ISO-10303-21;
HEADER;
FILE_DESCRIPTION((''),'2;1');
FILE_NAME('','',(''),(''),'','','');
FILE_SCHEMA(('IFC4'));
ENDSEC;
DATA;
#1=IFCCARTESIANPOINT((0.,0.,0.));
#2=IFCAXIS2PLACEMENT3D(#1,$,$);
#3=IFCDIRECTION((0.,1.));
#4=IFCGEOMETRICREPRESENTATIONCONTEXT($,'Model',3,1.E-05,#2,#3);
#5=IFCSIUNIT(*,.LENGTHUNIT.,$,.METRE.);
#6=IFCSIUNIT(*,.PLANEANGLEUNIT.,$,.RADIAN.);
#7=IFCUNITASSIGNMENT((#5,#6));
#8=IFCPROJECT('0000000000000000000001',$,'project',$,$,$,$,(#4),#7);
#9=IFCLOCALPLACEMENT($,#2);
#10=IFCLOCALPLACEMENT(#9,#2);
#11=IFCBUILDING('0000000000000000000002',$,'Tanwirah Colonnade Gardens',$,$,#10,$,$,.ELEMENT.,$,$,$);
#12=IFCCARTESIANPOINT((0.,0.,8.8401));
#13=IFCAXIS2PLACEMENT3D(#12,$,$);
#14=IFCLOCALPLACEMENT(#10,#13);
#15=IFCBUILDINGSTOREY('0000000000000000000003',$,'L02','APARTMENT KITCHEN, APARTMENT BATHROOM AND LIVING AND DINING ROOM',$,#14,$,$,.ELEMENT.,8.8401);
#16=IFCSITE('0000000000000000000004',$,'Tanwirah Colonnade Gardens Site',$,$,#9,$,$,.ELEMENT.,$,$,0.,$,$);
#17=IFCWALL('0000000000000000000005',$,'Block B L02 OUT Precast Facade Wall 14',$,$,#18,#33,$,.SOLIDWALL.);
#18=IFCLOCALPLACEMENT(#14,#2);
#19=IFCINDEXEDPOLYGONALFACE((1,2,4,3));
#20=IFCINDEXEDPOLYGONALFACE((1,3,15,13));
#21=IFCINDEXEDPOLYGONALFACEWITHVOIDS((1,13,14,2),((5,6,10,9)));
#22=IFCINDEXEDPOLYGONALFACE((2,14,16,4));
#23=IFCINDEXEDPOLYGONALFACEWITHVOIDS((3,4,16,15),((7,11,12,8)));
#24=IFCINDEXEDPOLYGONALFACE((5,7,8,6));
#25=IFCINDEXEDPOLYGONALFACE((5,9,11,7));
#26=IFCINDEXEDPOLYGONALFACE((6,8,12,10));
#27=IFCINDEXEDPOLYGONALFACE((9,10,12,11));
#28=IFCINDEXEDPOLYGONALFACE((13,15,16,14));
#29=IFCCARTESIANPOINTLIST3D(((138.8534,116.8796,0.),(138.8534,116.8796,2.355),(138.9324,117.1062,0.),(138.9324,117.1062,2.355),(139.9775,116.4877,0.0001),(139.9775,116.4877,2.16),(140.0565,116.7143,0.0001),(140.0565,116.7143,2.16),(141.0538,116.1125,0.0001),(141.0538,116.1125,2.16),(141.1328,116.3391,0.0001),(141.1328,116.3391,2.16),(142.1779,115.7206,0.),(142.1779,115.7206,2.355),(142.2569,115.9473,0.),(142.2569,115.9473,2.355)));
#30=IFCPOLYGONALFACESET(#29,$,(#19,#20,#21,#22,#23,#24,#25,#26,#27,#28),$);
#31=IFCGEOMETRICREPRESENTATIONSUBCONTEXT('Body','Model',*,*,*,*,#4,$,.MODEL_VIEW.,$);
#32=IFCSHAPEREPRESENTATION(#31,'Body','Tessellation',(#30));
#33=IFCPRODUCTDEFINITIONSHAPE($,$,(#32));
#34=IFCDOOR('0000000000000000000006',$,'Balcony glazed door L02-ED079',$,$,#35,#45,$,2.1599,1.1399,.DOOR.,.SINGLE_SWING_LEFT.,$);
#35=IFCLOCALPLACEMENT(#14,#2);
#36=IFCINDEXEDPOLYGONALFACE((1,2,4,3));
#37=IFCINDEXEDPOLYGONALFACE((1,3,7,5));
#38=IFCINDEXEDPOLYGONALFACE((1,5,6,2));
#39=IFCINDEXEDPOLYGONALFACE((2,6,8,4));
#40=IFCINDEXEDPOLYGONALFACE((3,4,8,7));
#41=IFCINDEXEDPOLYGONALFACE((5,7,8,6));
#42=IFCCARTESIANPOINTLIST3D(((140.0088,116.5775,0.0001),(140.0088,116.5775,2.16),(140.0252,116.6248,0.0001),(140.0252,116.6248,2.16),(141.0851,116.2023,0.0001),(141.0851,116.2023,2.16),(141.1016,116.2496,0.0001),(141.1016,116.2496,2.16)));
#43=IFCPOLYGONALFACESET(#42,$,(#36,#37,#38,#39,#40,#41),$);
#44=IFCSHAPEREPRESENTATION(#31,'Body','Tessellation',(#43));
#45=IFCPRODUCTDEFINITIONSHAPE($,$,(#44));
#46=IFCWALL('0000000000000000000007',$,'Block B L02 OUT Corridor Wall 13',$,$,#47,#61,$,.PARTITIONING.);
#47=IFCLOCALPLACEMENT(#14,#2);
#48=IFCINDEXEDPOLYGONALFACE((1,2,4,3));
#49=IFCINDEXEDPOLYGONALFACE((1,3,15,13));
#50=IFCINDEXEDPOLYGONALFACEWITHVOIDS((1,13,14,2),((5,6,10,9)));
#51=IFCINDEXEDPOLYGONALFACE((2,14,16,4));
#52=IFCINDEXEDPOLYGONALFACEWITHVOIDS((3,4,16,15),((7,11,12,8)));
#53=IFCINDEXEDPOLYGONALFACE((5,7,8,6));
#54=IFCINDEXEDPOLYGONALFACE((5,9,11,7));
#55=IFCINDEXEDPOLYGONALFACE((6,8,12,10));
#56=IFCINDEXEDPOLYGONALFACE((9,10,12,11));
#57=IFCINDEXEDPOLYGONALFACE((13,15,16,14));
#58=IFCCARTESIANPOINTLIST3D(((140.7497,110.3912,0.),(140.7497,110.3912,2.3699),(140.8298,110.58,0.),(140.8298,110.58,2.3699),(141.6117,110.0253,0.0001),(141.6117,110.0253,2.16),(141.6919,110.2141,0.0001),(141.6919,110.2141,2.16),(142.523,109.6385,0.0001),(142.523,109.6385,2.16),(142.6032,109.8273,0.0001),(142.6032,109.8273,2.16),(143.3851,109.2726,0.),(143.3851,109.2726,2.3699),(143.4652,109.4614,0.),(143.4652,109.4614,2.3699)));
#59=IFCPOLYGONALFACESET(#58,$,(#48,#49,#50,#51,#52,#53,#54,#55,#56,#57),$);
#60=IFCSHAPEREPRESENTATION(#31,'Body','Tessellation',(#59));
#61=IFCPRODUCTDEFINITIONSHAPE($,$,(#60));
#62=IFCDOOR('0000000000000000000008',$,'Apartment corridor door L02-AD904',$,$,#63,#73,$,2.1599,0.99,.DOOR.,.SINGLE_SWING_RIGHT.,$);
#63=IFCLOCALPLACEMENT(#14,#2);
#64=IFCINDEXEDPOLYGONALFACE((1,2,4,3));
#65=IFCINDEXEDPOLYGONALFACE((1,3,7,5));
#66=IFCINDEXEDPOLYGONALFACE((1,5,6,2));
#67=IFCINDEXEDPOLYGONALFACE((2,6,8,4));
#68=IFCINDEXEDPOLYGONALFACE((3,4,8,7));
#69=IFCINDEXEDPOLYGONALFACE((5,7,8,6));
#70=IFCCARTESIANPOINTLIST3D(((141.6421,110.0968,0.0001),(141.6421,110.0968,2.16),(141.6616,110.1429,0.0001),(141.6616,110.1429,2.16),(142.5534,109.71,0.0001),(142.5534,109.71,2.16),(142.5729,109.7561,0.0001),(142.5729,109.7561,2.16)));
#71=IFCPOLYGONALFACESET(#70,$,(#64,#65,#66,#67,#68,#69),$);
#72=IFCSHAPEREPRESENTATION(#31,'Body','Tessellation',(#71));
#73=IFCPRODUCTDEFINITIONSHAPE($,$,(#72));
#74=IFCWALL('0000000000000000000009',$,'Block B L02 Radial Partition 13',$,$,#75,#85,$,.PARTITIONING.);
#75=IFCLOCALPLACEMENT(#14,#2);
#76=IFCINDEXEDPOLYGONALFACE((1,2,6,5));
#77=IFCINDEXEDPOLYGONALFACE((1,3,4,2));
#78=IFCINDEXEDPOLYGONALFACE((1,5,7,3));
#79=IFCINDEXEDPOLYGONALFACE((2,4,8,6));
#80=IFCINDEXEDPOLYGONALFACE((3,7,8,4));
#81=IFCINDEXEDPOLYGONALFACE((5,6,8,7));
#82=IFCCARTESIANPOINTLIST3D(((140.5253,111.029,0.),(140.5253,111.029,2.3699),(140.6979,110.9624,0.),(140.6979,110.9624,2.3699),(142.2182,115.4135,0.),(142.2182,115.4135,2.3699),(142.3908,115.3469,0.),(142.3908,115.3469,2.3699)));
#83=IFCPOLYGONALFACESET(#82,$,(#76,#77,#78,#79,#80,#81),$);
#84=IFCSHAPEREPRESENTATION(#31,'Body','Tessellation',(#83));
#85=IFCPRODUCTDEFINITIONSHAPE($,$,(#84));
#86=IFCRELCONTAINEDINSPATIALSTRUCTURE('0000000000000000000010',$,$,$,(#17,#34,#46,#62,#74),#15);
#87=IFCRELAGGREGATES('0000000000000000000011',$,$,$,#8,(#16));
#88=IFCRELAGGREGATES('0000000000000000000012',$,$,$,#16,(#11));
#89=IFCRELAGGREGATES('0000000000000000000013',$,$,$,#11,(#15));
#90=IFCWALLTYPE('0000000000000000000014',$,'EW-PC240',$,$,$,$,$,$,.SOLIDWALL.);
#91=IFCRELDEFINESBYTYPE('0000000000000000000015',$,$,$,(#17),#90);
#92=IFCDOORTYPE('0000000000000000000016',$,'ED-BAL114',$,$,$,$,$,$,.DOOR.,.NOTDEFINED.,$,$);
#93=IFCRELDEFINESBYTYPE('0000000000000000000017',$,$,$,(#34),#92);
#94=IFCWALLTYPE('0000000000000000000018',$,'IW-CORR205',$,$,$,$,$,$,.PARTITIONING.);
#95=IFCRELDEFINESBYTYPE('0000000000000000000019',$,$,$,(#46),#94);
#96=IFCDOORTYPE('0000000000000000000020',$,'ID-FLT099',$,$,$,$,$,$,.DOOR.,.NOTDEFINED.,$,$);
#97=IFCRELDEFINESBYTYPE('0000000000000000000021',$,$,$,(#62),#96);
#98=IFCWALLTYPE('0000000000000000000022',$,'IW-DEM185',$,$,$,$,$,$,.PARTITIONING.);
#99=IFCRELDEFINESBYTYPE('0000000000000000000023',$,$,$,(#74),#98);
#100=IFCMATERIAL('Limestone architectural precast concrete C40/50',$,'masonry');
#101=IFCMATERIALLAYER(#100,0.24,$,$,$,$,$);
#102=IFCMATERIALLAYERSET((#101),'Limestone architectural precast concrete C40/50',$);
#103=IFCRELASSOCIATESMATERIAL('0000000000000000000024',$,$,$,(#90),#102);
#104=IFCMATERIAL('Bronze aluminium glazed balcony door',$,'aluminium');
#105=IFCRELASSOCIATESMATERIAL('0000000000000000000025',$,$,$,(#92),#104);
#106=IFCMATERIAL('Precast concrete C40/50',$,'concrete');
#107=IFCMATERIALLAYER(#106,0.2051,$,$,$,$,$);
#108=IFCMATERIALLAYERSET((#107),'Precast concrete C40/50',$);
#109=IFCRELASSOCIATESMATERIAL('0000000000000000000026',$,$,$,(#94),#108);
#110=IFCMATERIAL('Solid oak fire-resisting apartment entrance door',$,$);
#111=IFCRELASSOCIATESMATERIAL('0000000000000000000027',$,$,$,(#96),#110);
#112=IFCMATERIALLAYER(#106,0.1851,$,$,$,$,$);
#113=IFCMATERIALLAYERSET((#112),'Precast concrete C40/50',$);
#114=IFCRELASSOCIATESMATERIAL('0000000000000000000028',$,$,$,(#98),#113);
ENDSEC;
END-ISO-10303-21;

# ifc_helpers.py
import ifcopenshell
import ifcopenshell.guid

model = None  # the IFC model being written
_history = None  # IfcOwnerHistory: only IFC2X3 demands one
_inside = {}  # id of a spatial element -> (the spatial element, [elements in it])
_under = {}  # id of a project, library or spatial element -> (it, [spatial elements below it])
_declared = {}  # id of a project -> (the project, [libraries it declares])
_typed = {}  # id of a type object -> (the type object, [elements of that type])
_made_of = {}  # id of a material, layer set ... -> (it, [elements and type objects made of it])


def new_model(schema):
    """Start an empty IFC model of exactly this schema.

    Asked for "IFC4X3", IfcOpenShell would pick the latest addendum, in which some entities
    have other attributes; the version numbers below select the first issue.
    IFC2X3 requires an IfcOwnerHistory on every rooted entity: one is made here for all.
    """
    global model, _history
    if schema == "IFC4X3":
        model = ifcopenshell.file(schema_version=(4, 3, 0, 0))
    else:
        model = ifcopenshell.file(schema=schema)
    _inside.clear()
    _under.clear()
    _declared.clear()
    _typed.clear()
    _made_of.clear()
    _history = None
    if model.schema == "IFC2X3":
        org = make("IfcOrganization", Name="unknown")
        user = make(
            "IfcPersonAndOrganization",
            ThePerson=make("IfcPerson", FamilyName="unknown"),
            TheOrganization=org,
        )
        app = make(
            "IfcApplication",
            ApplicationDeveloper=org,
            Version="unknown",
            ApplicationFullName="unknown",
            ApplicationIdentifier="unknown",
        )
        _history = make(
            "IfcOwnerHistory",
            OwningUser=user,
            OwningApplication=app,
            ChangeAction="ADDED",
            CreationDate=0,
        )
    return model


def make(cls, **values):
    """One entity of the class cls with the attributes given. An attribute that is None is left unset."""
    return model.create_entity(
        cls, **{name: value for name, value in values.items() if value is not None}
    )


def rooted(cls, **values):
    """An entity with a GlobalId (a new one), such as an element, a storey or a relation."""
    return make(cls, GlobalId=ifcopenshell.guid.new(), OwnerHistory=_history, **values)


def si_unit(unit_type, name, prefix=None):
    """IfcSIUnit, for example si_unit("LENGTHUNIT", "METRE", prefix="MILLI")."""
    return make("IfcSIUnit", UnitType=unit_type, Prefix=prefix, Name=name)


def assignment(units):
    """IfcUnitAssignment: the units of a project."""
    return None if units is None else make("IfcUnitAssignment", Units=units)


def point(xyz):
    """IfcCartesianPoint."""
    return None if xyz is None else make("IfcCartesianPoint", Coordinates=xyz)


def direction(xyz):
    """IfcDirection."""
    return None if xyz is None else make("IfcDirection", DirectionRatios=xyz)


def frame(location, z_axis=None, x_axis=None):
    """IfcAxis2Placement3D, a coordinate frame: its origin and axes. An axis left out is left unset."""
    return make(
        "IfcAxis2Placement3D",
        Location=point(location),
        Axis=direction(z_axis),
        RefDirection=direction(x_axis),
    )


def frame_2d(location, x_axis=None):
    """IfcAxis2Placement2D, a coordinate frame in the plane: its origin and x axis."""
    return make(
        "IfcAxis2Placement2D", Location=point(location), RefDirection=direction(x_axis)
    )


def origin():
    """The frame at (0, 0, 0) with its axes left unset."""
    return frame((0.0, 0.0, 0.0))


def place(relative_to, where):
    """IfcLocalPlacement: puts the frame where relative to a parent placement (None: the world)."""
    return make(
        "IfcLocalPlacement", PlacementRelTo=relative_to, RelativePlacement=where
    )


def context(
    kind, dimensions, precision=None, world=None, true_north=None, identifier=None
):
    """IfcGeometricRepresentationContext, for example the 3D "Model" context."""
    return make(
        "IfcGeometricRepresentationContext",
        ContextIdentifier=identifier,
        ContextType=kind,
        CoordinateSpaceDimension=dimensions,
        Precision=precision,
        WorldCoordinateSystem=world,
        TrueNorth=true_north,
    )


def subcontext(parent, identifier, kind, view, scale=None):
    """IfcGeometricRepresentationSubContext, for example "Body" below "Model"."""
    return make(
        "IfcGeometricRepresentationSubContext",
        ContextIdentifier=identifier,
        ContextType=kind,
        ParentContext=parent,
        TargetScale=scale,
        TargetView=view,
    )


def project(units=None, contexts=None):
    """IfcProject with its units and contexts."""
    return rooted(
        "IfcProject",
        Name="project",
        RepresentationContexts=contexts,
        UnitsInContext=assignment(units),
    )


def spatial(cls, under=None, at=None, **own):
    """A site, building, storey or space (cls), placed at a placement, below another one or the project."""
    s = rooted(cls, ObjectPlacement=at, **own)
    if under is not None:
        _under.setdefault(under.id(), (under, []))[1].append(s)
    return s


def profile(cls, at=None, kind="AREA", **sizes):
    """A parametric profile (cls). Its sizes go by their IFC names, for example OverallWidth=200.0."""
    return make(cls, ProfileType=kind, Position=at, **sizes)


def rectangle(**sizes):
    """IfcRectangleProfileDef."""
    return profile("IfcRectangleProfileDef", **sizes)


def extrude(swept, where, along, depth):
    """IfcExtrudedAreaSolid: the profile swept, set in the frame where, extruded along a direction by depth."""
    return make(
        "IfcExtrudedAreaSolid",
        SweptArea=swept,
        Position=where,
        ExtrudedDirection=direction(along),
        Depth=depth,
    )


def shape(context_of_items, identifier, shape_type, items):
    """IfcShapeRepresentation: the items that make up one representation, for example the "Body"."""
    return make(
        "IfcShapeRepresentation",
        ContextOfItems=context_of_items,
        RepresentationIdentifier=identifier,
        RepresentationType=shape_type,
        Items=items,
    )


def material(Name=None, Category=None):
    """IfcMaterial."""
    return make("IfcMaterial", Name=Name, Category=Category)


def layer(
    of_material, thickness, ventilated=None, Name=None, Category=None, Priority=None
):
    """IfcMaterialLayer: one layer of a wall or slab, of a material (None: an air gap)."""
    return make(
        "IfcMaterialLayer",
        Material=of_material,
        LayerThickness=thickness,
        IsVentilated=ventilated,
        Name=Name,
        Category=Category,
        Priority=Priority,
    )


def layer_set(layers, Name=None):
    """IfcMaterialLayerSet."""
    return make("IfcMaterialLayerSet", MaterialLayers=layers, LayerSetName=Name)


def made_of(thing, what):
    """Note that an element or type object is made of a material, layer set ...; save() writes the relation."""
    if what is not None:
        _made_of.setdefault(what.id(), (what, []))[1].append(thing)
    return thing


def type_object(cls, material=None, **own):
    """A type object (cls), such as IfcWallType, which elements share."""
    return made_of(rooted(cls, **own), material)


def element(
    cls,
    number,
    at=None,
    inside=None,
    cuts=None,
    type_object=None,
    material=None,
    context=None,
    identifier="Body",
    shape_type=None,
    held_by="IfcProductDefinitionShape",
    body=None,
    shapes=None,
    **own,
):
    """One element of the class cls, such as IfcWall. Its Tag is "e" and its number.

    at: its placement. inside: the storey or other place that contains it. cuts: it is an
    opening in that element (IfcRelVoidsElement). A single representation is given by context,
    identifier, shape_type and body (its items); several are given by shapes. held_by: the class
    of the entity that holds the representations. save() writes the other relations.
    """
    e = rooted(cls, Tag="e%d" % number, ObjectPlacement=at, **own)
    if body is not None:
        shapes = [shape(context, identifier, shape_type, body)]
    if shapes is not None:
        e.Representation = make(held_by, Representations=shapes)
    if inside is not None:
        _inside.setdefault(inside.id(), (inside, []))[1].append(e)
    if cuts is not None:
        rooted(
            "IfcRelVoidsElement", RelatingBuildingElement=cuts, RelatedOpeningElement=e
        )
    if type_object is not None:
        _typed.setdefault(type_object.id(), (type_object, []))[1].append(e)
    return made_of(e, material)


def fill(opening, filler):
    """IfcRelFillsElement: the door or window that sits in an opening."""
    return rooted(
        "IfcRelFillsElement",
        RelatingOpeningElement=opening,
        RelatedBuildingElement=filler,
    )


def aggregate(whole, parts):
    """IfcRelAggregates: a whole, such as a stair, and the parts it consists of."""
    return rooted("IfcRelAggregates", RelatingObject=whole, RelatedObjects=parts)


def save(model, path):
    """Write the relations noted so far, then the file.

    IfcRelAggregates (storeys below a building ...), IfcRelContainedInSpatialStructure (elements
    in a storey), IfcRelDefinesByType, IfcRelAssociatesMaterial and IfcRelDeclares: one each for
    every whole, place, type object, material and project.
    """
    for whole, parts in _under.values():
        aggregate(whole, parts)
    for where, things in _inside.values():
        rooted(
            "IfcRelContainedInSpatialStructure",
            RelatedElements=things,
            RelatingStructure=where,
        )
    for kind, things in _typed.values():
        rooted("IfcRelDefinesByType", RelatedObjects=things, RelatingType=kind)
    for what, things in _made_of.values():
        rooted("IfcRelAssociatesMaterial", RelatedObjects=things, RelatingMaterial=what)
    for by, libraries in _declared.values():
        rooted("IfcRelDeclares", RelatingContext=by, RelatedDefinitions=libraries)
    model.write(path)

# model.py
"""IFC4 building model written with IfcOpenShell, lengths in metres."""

from ifc_helpers import new_model, si_unit, direction, frame, frame_2d, origin, place, context, subcontext, project, spatial, rectangle, extrude, material, layer, layer_set, type_object, element, fill, save


model = new_model("IFC4")

# Units and contexts
model_context = context("Model", 3, precision=1e-05, world=origin(), true_north=direction((0.0, 1.0)))
body_context = subcontext(model_context, "Body", "Model", "MODEL_VIEW")
ifc_project = project(units=[si_unit("LENGTHUNIT", "METRE"), si_unit("PLANEANGLEUNIT", "RADIAN")], contexts=[model_context])

# Site, building, storey
site_placement = place(None, origin())
site = spatial("IfcSite", under=ifc_project, at=site_placement, Name="Tanwirah Colonnade Gardens Site", CompositionType="ELEMENT", RefElevation=0.0)
building_placement = place(site_placement, origin())
building = spatial("IfcBuilding", under=site, at=building_placement, Name="Tanwirah Colonnade Gardens", CompositionType="ELEMENT")
storey_placement = place(building_placement, frame((0.0, 0.0, 8.8401)))
storey = spatial("IfcBuildingStorey", under=building, at=storey_placement, Name="L02", Description="APARTMENT KITCHEN, APARTMENT BATHROOM AND LIVING AND DINING ROOM", CompositionType="ELEMENT", Elevation=8.8401)

# Shared definitions
ifc_material_1 = material(Name="Precast concrete C40/50", Category="concrete")

# Shared definitions
ifc_material_2 = material(Name="Limestone architectural precast concrete C40/50", Category="masonry")
ifc_layer_1 = layer(ifc_material_2, 0.24)
ifc_layer_set_1 = layer_set([ifc_layer_1], Name="Limestone architectural precast concrete C40/50")
wall_type_1 = type_object("IfcWallType", Name="EW-PC240", PredefinedType="SOLIDWALL", material=ifc_layer_set_1)

# Walls, openings, doors
wall_1_placement = place(storey_placement, frame((142.2173, 115.834, 0.0), z_axis=(0.0, 0.0, 1.0), x_axis=(-0.944267, 0.329179, 0.0)))
wall_1 = element("IfcWall", 1, at=wall_1_placement, inside=storey, type_object=wall_type_1, Name="Block B L02 OUT Precast Facade Wall 14", PredefinedType="SOLIDWALL", context=body_context, shape_type="SweptSolid", body=[
    extrude(rectangle(XDim=3.5208, YDim=0.24, at=frame_2d((1.7603, 0.0))), origin(), (0.0, 0.0, 1.0), 2.355),
])
opening_1_placement = place(wall_1_placement, frame((1.1904, 0.0, 0.0)))
opening_1 = element("IfcOpeningElement", 2, at=opening_1_placement, cuts=wall_1, PredefinedType="OPENING", context=body_context, shape_type="SweptSolid", body=[
    extrude(rectangle(XDim=1.1399, YDim=2.1599, at=frame_2d((0.5698, 1.0801))), frame((0.0, 0.1299, 0.0), z_axis=(0.0, -1.0, 0.0), x_axis=(1.0, 0.0, 0.0)), (0.0, 0.0, 1.0), 0.26),
])
ifc_material_3 = material(Name="Bronze aluminium glazed balcony door", Category="aluminium")
door_type_1 = type_object("IfcDoorType", Name="ED-BAL114", OperationType="NOTDEFINED", PredefinedType="DOOR", material=ifc_material_3)
door_1_placement = place(opening_1_placement, origin())
door_1 = element("IfcDoor", 3, at=door_1_placement, inside=storey, type_object=door_type_1, Name="Balcony glazed door L02-ED079", OperationType="SINGLE_SWING_LEFT", OverallHeight=2.1599, OverallWidth=1.1399, PredefinedType="DOOR", context=body_context, shape_type="SweptSolid", body=[
    extrude(rectangle(XDim=1.1399, YDim=2.1599, at=frame_2d((0.5698, 1.0801))), frame((0.0, 0.0249, 0.0), z_axis=(0.0, -1.0, 0.0), x_axis=(1.0, 0.0, 0.0)), (0.0, 0.0, 1.0), 0.05),
])
fill(opening_1, door_1)
ifc_layer_2 = layer(ifc_material_1, 0.2051)
ifc_layer_set_2 = layer_set([ifc_layer_2], Name="Precast concrete C40/50")
wall_type_2 = type_object("IfcWallType", Name="IW-CORR205", PredefinedType="PARTITIONING", material=ifc_layer_set_2)
wall_2_placement = place(storey_placement, frame((143.4253, 109.3669, 0.0), z_axis=(0.0, 0.0, 1.0), x_axis=(-0.920511, 0.390716, 0.0)))
wall_2 = element("IfcWall", 4, at=wall_2_placement, inside=storey, type_object=wall_type_2, Name="Block B L02 OUT Corridor Wall 13", PredefinedType="PARTITIONING", context=body_context, shape_type="SweptSolid", body=[
    extrude(rectangle(XDim=2.863, YDim=0.2051, at=frame_2d((1.4316, 0.0))), origin(), (0.0, 0.0, 1.0), 2.3699),
])
opening_2_placement = place(wall_2_placement, frame((0.9365, 0.0, 0.0)))
opening_2 = element("IfcOpeningElement", 5, at=opening_2_placement, cuts=wall_2, PredefinedType="OPENING", context=body_context, shape_type="SweptSolid", body=[
    extrude(rectangle(XDim=0.99, YDim=2.1599, at=frame_2d((0.4951, 1.0801))), frame((0.0, 0.1125, 0.0), z_axis=(0.0, -1.0, 0.0), x_axis=(1.0, 0.0, 0.0)), (0.0, 0.0, 1.0), 0.2251),
])
ifc_material_4 = material(Name="Solid oak fire-resisting apartment entrance door")
door_type_2 = type_object("IfcDoorType", Name="ID-FLT099", OperationType="NOTDEFINED", PredefinedType="DOOR", material=ifc_material_4)
door_2_placement = place(opening_2_placement, origin())
door_2 = element("IfcDoor", 6, at=door_2_placement, inside=storey, type_object=door_type_2, Name="Apartment corridor door L02-AD904", OperationType="SINGLE_SWING_RIGHT", OverallHeight=2.1599, OverallWidth=0.99, PredefinedType="DOOR", context=body_context, shape_type="SweptSolid", body=[
    extrude(rectangle(XDim=0.99, YDim=2.1599, at=frame_2d((0.4951, 1.0801))), frame((0.0, 0.0249, 0.0), z_axis=(0.0, -1.0, 0.0), x_axis=(1.0, 0.0, 0.0)), (0.0, 0.0, 1.0), 0.05),
])
fill(opening_2, door_2)

# Wall
ifc_layer_3 = layer(ifc_material_1, 0.1851)
ifc_layer_set_3 = layer_set([ifc_layer_3], Name="Precast concrete C40/50")
wall_type_3 = type_object("IfcWallType", Name="IW-DEM185", PredefinedType="PARTITIONING", material=ifc_layer_set_3)
wall_3_placement = place(storey_placement, frame((140.6116, 110.9956, 0.0), z_axis=(0.0, 0.0, 1.0), x_axis=(0.360187, 0.93288, 0.0)))
element("IfcWall", 7, at=wall_3_placement, inside=storey, type_object=wall_type_3, Name="Block B L02 Radial Partition 13", PredefinedType="PARTITIONING", context=body_context, shape_type="SweptSolid", body=[
    extrude(rectangle(XDim=4.7, YDim=0.1851, at=frame_2d((2.3501, 0.0))), origin(), (0.0, 0.0, 1.0), 2.3699),
])

save(model, "model.ifc")
